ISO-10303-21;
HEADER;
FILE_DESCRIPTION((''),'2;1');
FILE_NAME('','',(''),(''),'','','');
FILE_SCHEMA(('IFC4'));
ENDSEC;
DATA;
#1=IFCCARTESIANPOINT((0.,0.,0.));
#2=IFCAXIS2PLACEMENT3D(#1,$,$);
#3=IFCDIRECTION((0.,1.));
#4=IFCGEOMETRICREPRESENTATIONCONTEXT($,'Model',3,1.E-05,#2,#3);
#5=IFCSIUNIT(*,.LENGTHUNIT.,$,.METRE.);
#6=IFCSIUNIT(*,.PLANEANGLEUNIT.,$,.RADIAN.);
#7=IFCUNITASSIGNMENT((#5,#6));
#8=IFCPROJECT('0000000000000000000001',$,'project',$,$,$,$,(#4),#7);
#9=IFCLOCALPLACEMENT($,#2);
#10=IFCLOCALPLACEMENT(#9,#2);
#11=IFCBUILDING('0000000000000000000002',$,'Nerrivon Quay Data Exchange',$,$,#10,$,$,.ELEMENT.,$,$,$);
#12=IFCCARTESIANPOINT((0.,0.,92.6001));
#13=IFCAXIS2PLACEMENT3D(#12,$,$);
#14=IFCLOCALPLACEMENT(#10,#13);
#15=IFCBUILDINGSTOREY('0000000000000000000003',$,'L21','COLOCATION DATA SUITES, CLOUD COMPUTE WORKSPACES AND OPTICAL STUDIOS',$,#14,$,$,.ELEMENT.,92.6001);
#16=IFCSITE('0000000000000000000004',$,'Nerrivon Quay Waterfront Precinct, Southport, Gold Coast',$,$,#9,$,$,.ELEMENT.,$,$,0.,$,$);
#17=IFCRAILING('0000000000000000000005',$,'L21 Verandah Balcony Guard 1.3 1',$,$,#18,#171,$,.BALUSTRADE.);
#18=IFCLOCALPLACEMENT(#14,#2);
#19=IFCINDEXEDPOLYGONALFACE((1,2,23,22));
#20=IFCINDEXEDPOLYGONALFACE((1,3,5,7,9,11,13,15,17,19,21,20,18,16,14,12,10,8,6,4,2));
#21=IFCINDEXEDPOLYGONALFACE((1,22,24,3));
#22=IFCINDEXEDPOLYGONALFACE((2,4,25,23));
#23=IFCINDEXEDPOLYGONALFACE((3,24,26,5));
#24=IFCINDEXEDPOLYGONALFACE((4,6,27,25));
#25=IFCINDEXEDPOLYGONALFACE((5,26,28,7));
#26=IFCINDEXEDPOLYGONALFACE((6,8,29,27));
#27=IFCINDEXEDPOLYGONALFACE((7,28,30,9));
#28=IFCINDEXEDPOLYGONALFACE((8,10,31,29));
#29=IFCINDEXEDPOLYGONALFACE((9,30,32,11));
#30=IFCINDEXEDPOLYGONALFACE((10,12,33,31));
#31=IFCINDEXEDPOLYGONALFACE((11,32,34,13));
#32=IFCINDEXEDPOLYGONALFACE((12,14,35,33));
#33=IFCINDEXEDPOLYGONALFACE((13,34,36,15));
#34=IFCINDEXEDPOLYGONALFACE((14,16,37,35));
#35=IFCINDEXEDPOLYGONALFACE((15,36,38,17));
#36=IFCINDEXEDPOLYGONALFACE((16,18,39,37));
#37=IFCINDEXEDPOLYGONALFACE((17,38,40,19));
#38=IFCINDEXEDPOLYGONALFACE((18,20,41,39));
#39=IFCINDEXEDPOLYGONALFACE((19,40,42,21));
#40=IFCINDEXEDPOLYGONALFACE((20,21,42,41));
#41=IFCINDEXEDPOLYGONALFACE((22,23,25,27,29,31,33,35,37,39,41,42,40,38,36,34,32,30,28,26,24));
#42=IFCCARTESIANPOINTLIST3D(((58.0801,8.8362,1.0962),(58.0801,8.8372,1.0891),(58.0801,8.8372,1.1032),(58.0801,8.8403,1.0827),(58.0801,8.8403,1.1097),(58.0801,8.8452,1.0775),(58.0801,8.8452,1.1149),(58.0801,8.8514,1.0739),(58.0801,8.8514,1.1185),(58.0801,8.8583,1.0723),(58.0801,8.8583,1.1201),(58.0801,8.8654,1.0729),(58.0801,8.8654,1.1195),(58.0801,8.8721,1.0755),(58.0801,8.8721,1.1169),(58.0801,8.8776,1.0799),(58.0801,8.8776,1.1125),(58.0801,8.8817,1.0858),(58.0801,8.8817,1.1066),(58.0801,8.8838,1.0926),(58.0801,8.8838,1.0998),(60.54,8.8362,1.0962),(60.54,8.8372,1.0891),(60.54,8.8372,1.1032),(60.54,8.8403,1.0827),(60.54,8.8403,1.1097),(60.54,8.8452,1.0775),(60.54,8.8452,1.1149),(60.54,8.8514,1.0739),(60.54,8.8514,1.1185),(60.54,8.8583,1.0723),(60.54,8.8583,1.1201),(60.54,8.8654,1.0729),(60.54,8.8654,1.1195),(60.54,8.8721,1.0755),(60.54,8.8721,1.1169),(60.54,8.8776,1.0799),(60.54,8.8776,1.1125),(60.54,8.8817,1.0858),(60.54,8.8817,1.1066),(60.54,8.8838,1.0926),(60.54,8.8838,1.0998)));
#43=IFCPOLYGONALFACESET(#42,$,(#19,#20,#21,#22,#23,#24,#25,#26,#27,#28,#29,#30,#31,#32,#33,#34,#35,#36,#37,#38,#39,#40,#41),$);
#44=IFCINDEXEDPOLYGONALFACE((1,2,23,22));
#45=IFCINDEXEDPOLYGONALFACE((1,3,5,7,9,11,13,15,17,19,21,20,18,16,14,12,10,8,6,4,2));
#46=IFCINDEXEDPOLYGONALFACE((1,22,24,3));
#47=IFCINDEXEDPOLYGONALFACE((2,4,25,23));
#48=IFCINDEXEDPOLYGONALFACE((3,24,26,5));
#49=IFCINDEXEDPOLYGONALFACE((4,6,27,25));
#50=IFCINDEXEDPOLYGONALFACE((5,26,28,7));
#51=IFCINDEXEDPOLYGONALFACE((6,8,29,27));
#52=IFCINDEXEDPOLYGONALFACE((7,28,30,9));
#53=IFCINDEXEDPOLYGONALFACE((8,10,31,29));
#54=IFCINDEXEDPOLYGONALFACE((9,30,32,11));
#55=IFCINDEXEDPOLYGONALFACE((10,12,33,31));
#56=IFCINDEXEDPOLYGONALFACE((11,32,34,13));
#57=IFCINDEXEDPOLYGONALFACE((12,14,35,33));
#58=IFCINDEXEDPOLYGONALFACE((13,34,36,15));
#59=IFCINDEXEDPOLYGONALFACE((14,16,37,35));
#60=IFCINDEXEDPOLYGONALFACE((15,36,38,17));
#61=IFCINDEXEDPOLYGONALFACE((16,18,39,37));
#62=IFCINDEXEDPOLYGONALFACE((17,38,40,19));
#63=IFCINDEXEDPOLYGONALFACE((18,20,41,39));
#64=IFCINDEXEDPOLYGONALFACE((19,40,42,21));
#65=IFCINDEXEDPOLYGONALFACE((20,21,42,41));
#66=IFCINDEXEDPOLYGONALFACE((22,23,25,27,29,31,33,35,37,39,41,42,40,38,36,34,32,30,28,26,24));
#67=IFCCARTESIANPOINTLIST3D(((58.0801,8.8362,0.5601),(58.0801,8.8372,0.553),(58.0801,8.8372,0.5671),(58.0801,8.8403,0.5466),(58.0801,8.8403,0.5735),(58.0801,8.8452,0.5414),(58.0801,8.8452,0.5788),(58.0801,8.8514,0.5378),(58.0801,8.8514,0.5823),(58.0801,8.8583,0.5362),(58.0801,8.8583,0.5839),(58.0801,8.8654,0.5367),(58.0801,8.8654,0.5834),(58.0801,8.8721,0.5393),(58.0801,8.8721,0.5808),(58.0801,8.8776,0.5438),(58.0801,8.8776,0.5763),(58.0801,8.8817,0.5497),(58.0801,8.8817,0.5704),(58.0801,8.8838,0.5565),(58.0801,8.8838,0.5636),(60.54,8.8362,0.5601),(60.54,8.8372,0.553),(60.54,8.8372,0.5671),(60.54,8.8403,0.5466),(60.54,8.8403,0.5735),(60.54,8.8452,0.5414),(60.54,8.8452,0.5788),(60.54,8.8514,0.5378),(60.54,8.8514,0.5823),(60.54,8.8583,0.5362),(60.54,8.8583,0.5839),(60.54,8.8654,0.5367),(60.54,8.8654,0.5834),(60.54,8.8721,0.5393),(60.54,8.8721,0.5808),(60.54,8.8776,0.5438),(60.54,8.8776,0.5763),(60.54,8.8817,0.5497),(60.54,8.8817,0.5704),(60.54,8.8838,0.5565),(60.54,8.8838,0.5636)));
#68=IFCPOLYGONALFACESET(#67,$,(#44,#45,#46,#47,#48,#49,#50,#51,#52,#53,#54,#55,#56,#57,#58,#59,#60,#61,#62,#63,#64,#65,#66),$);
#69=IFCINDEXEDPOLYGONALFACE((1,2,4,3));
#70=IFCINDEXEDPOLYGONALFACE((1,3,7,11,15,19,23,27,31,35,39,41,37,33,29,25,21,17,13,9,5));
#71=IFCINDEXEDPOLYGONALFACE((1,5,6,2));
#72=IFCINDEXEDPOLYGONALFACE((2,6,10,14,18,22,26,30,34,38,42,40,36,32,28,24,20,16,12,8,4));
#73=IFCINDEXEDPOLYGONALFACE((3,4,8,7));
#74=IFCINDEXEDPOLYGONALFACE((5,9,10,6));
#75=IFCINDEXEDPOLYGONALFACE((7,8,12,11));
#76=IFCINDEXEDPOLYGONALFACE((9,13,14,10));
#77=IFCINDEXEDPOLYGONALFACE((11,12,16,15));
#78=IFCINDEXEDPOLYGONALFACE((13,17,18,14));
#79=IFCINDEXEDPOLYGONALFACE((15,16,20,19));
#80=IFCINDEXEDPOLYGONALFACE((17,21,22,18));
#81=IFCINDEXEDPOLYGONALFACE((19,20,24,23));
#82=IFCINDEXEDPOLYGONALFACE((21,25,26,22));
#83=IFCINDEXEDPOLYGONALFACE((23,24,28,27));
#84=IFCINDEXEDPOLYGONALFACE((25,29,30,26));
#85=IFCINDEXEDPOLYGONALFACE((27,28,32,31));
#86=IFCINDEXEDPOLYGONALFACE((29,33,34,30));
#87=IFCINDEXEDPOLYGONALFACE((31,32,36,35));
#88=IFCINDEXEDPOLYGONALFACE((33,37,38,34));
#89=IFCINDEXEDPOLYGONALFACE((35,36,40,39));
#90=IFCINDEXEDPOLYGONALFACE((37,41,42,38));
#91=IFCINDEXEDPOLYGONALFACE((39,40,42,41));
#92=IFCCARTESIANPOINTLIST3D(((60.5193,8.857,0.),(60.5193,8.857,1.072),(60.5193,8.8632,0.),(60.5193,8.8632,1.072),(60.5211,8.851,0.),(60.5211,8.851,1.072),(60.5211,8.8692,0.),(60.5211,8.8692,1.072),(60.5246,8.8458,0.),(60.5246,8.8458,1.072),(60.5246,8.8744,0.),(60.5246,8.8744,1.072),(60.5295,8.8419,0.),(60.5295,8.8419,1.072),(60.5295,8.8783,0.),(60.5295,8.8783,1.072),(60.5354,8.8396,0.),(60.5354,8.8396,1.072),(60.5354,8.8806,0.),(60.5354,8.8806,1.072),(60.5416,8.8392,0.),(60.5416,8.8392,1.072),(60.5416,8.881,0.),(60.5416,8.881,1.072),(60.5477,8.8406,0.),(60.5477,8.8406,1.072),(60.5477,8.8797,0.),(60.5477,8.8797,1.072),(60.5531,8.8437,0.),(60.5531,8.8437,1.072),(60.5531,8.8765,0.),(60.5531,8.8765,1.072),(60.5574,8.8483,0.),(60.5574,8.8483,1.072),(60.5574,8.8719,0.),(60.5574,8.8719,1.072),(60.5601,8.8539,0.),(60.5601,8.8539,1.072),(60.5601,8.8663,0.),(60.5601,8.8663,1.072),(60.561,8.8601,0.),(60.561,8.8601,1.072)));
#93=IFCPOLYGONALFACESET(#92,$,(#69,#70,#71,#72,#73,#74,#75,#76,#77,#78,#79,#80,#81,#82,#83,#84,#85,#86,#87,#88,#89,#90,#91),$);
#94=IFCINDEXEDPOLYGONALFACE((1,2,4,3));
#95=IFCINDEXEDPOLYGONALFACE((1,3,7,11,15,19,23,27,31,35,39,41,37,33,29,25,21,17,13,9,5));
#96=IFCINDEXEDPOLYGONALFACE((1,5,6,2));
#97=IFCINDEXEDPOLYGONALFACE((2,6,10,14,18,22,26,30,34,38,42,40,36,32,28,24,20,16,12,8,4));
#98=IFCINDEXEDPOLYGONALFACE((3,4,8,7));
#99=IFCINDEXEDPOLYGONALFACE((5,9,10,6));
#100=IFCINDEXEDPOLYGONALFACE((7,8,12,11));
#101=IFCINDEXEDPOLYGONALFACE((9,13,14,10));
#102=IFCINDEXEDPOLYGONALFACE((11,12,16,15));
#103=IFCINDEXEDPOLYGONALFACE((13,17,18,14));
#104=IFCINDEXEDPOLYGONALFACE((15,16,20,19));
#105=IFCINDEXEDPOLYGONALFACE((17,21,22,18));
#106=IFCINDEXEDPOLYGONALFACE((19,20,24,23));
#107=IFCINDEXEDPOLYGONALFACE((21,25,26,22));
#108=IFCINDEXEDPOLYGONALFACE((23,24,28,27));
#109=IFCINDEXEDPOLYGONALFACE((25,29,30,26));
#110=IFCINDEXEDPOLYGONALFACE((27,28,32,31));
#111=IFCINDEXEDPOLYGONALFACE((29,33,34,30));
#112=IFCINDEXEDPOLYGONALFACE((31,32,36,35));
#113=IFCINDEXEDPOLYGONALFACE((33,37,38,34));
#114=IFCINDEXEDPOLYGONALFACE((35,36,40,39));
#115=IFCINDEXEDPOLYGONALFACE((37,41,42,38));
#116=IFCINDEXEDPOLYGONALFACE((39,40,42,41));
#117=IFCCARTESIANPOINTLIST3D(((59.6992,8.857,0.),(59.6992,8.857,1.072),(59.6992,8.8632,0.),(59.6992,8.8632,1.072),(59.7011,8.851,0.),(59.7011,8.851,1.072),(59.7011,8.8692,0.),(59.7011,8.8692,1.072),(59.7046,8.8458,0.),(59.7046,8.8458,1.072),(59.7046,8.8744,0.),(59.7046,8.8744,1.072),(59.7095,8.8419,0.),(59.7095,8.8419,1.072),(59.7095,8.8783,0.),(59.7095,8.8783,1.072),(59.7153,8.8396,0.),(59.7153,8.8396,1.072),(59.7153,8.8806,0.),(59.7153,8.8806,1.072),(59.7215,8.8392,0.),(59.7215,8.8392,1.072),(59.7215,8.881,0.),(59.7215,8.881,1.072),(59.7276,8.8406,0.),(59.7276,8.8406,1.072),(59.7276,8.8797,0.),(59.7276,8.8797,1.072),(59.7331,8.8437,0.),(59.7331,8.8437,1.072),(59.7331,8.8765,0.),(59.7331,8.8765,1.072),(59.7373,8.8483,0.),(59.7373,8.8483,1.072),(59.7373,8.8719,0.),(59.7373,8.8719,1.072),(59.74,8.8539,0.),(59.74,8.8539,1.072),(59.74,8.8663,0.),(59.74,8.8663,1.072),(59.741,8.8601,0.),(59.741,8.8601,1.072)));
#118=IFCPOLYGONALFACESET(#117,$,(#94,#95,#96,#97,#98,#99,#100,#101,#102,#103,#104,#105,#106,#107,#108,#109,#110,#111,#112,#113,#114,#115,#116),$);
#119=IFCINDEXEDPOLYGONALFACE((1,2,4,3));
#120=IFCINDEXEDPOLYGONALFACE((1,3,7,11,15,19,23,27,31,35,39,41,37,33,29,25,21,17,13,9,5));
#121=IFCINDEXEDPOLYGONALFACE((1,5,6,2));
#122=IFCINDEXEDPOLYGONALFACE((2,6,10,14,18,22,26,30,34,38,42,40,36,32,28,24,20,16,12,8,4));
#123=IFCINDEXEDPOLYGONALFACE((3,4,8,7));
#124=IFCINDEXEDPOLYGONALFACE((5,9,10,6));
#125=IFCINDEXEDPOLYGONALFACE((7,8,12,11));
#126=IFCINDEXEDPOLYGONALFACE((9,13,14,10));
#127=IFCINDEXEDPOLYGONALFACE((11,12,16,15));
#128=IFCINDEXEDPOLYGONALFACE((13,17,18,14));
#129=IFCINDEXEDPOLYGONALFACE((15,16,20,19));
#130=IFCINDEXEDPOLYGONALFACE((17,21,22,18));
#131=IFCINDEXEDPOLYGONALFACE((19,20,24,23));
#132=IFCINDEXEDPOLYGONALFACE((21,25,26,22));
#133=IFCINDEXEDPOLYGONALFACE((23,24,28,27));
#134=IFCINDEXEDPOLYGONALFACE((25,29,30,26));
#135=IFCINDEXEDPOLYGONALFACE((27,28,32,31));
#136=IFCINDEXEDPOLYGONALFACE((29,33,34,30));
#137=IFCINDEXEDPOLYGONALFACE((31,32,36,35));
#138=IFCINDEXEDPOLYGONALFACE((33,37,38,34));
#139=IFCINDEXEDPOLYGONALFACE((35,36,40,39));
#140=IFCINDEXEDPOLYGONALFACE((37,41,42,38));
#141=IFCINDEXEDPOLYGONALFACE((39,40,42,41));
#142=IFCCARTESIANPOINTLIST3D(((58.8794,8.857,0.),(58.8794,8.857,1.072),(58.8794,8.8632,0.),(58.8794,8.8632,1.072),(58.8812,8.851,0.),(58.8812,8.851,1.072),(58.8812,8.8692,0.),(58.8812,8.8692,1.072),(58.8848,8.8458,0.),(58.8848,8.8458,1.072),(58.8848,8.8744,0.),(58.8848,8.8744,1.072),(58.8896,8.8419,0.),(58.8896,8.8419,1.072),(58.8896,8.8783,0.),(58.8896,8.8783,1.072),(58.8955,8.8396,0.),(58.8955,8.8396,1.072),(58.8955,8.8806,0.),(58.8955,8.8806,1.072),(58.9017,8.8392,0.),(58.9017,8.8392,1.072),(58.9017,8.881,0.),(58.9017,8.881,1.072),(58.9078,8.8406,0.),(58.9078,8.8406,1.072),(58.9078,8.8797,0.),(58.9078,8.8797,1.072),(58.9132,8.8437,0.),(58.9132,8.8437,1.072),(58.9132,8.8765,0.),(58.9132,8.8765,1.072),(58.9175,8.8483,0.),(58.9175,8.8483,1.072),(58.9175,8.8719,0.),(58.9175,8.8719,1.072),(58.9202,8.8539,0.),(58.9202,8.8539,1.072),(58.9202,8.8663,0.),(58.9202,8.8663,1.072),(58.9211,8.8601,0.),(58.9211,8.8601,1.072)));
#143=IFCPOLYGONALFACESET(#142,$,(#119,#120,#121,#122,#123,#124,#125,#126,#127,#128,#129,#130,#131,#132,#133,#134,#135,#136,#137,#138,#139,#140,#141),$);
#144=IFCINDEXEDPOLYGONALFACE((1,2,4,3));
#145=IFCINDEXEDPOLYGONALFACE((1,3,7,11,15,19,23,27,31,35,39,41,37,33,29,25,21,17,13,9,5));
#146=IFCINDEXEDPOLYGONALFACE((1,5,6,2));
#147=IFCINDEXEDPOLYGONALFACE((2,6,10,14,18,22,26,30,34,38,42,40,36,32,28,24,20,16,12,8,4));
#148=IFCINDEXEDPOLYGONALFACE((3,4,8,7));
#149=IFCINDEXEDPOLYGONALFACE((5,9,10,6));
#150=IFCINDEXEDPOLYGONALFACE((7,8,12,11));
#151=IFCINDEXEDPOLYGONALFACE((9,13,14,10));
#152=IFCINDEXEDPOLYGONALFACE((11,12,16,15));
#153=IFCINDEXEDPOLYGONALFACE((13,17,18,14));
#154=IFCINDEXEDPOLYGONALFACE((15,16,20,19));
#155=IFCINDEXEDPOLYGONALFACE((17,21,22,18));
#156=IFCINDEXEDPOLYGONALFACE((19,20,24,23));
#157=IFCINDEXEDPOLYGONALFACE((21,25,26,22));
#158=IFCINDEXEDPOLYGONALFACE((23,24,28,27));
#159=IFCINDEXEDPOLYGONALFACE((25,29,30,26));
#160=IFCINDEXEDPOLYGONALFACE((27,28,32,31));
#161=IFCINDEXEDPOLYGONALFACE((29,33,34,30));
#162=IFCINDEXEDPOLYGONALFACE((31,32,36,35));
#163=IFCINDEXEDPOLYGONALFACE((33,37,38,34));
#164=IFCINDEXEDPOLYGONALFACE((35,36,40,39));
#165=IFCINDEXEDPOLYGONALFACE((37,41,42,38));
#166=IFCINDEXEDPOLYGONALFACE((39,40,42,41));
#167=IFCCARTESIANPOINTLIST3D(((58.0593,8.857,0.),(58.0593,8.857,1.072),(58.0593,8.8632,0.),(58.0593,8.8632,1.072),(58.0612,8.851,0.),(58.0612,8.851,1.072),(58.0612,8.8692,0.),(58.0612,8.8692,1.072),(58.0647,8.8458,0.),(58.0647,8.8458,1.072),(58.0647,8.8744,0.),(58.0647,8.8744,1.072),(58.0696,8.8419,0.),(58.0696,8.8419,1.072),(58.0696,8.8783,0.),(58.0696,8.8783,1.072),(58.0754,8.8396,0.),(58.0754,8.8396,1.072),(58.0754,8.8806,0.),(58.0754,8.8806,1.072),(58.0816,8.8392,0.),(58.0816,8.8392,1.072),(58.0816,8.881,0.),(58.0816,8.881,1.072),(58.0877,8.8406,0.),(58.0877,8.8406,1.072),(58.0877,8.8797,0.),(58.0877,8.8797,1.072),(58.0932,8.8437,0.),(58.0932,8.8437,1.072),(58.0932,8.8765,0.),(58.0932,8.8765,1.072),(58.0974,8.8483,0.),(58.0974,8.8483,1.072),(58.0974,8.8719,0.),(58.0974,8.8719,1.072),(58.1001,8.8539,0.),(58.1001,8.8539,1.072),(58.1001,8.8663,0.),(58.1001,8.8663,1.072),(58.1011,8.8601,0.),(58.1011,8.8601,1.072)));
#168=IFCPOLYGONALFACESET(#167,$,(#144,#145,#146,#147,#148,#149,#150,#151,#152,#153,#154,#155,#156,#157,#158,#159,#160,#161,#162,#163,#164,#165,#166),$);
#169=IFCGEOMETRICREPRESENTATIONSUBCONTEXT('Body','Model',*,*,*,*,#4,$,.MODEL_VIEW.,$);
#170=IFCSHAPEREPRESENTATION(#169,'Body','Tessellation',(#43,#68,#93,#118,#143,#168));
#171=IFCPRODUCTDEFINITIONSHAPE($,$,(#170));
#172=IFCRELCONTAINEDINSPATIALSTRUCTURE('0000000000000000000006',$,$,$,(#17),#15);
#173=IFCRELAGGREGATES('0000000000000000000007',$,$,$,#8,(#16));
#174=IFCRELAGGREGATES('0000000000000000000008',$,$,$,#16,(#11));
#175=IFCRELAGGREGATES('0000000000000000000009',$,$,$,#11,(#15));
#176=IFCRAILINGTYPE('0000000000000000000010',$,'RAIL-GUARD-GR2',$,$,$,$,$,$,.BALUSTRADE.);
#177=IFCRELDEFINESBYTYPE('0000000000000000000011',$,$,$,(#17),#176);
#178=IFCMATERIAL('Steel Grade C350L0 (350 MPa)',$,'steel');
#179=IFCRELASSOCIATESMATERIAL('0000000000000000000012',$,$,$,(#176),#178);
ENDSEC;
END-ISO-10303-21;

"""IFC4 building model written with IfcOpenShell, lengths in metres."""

from ifc_helpers import new_model, si_unit, direction, frame, origin, origin_2d, place, context, subcontext, project, spatial, circle, extrude, material, type_object, element, save


model = new_model("IFC4")

# Units and contexts
model_context = context("Model", 3, precision=1e-05, world=origin(), true_north=direction((0.0, 1.0)))
body_context = subcontext(model_context, "Body", "Model", "MODEL_VIEW")
ifc_project = project(units=[si_unit("LENGTHUNIT", "METRE"), si_unit("PLANEANGLEUNIT", "RADIAN")], contexts=[model_context])

# Site, building, storey
site_placement = place(None, origin())
site = spatial("IfcSite", under=ifc_project, at=site_placement, Name="Nerrivon Quay Waterfront Precinct, Southport, Gold Coast", CompositionType="ELEMENT", RefElevation=0.0)
building_placement = place(site_placement, origin())
building = spatial("IfcBuilding", under=site, at=building_placement, Name="Nerrivon Quay Data Exchange", CompositionType="ELEMENT")
storey_placement = place(building_placement, frame((0.0, 0.0, 92.6001)))
storey = spatial("IfcBuildingStorey", under=building, at=storey_placement, Name="L21", Description="COLOCATION DATA SUITES, CLOUD COMPUTE WORKSPACES AND OPTICAL STUDIOS", CompositionType="ELEMENT", Elevation=92.6001)

# Railing
ifc_material_1 = material(Name="Steel Grade C350L0 (350 MPa)", Category="steel")
railing_type = type_object("IfcRailingType", Name="RAIL-GUARD-GR2", PredefinedType="BALUSTRADE", material=ifc_material_1)
railing_1_placement = place(storey_placement, frame((60.54, 8.8601, 0.0)))
element("IfcRailing", 1, at=railing_1_placement, inside=storey, type_object=railing_type, Name="L21 Verandah Balcony Guard 1.3 1", PredefinedType="BALUSTRADE", context=body_context, shape_type="SweptSolid", body=[
    extrude(circle(Radius=0.0239, at=origin_2d()), frame((0.0, 0.0, 1.0962), z_axis=(-1.0, 0.0, 0.0), x_axis=(0.0, -1.0, 0.0)), (0.0, 0.0, 1.0), 2.46),
    extrude(circle(Radius=0.0239, at=origin_2d()), frame((0.0, 0.0, 0.5601), z_axis=(-1.0, 0.0, 0.0), x_axis=(0.0, -1.0, 0.0)), (0.0, 0.0, 1.0), 2.46),
    extrude(circle(Radius=0.021, at=origin_2d()), origin(), (0.0, 0.0, 1.0), 1.072),
    extrude(circle(Radius=0.021, at=origin_2d()), frame((-0.8201, 0.0, 0.0)), (0.0, 0.0, 1.0), 1.072),
    extrude(circle(Radius=0.021, at=origin_2d()), frame((-1.6399, 0.0, 0.0)), (0.0, 0.0, 1.0), 1.072),
    extrude(circle(Radius=0.021, at=origin_2d()), frame((-2.46, 0.0, 0.0)), (0.0, 0.0, 1.0), 1.072),
])

save(model, "model.ifc")
